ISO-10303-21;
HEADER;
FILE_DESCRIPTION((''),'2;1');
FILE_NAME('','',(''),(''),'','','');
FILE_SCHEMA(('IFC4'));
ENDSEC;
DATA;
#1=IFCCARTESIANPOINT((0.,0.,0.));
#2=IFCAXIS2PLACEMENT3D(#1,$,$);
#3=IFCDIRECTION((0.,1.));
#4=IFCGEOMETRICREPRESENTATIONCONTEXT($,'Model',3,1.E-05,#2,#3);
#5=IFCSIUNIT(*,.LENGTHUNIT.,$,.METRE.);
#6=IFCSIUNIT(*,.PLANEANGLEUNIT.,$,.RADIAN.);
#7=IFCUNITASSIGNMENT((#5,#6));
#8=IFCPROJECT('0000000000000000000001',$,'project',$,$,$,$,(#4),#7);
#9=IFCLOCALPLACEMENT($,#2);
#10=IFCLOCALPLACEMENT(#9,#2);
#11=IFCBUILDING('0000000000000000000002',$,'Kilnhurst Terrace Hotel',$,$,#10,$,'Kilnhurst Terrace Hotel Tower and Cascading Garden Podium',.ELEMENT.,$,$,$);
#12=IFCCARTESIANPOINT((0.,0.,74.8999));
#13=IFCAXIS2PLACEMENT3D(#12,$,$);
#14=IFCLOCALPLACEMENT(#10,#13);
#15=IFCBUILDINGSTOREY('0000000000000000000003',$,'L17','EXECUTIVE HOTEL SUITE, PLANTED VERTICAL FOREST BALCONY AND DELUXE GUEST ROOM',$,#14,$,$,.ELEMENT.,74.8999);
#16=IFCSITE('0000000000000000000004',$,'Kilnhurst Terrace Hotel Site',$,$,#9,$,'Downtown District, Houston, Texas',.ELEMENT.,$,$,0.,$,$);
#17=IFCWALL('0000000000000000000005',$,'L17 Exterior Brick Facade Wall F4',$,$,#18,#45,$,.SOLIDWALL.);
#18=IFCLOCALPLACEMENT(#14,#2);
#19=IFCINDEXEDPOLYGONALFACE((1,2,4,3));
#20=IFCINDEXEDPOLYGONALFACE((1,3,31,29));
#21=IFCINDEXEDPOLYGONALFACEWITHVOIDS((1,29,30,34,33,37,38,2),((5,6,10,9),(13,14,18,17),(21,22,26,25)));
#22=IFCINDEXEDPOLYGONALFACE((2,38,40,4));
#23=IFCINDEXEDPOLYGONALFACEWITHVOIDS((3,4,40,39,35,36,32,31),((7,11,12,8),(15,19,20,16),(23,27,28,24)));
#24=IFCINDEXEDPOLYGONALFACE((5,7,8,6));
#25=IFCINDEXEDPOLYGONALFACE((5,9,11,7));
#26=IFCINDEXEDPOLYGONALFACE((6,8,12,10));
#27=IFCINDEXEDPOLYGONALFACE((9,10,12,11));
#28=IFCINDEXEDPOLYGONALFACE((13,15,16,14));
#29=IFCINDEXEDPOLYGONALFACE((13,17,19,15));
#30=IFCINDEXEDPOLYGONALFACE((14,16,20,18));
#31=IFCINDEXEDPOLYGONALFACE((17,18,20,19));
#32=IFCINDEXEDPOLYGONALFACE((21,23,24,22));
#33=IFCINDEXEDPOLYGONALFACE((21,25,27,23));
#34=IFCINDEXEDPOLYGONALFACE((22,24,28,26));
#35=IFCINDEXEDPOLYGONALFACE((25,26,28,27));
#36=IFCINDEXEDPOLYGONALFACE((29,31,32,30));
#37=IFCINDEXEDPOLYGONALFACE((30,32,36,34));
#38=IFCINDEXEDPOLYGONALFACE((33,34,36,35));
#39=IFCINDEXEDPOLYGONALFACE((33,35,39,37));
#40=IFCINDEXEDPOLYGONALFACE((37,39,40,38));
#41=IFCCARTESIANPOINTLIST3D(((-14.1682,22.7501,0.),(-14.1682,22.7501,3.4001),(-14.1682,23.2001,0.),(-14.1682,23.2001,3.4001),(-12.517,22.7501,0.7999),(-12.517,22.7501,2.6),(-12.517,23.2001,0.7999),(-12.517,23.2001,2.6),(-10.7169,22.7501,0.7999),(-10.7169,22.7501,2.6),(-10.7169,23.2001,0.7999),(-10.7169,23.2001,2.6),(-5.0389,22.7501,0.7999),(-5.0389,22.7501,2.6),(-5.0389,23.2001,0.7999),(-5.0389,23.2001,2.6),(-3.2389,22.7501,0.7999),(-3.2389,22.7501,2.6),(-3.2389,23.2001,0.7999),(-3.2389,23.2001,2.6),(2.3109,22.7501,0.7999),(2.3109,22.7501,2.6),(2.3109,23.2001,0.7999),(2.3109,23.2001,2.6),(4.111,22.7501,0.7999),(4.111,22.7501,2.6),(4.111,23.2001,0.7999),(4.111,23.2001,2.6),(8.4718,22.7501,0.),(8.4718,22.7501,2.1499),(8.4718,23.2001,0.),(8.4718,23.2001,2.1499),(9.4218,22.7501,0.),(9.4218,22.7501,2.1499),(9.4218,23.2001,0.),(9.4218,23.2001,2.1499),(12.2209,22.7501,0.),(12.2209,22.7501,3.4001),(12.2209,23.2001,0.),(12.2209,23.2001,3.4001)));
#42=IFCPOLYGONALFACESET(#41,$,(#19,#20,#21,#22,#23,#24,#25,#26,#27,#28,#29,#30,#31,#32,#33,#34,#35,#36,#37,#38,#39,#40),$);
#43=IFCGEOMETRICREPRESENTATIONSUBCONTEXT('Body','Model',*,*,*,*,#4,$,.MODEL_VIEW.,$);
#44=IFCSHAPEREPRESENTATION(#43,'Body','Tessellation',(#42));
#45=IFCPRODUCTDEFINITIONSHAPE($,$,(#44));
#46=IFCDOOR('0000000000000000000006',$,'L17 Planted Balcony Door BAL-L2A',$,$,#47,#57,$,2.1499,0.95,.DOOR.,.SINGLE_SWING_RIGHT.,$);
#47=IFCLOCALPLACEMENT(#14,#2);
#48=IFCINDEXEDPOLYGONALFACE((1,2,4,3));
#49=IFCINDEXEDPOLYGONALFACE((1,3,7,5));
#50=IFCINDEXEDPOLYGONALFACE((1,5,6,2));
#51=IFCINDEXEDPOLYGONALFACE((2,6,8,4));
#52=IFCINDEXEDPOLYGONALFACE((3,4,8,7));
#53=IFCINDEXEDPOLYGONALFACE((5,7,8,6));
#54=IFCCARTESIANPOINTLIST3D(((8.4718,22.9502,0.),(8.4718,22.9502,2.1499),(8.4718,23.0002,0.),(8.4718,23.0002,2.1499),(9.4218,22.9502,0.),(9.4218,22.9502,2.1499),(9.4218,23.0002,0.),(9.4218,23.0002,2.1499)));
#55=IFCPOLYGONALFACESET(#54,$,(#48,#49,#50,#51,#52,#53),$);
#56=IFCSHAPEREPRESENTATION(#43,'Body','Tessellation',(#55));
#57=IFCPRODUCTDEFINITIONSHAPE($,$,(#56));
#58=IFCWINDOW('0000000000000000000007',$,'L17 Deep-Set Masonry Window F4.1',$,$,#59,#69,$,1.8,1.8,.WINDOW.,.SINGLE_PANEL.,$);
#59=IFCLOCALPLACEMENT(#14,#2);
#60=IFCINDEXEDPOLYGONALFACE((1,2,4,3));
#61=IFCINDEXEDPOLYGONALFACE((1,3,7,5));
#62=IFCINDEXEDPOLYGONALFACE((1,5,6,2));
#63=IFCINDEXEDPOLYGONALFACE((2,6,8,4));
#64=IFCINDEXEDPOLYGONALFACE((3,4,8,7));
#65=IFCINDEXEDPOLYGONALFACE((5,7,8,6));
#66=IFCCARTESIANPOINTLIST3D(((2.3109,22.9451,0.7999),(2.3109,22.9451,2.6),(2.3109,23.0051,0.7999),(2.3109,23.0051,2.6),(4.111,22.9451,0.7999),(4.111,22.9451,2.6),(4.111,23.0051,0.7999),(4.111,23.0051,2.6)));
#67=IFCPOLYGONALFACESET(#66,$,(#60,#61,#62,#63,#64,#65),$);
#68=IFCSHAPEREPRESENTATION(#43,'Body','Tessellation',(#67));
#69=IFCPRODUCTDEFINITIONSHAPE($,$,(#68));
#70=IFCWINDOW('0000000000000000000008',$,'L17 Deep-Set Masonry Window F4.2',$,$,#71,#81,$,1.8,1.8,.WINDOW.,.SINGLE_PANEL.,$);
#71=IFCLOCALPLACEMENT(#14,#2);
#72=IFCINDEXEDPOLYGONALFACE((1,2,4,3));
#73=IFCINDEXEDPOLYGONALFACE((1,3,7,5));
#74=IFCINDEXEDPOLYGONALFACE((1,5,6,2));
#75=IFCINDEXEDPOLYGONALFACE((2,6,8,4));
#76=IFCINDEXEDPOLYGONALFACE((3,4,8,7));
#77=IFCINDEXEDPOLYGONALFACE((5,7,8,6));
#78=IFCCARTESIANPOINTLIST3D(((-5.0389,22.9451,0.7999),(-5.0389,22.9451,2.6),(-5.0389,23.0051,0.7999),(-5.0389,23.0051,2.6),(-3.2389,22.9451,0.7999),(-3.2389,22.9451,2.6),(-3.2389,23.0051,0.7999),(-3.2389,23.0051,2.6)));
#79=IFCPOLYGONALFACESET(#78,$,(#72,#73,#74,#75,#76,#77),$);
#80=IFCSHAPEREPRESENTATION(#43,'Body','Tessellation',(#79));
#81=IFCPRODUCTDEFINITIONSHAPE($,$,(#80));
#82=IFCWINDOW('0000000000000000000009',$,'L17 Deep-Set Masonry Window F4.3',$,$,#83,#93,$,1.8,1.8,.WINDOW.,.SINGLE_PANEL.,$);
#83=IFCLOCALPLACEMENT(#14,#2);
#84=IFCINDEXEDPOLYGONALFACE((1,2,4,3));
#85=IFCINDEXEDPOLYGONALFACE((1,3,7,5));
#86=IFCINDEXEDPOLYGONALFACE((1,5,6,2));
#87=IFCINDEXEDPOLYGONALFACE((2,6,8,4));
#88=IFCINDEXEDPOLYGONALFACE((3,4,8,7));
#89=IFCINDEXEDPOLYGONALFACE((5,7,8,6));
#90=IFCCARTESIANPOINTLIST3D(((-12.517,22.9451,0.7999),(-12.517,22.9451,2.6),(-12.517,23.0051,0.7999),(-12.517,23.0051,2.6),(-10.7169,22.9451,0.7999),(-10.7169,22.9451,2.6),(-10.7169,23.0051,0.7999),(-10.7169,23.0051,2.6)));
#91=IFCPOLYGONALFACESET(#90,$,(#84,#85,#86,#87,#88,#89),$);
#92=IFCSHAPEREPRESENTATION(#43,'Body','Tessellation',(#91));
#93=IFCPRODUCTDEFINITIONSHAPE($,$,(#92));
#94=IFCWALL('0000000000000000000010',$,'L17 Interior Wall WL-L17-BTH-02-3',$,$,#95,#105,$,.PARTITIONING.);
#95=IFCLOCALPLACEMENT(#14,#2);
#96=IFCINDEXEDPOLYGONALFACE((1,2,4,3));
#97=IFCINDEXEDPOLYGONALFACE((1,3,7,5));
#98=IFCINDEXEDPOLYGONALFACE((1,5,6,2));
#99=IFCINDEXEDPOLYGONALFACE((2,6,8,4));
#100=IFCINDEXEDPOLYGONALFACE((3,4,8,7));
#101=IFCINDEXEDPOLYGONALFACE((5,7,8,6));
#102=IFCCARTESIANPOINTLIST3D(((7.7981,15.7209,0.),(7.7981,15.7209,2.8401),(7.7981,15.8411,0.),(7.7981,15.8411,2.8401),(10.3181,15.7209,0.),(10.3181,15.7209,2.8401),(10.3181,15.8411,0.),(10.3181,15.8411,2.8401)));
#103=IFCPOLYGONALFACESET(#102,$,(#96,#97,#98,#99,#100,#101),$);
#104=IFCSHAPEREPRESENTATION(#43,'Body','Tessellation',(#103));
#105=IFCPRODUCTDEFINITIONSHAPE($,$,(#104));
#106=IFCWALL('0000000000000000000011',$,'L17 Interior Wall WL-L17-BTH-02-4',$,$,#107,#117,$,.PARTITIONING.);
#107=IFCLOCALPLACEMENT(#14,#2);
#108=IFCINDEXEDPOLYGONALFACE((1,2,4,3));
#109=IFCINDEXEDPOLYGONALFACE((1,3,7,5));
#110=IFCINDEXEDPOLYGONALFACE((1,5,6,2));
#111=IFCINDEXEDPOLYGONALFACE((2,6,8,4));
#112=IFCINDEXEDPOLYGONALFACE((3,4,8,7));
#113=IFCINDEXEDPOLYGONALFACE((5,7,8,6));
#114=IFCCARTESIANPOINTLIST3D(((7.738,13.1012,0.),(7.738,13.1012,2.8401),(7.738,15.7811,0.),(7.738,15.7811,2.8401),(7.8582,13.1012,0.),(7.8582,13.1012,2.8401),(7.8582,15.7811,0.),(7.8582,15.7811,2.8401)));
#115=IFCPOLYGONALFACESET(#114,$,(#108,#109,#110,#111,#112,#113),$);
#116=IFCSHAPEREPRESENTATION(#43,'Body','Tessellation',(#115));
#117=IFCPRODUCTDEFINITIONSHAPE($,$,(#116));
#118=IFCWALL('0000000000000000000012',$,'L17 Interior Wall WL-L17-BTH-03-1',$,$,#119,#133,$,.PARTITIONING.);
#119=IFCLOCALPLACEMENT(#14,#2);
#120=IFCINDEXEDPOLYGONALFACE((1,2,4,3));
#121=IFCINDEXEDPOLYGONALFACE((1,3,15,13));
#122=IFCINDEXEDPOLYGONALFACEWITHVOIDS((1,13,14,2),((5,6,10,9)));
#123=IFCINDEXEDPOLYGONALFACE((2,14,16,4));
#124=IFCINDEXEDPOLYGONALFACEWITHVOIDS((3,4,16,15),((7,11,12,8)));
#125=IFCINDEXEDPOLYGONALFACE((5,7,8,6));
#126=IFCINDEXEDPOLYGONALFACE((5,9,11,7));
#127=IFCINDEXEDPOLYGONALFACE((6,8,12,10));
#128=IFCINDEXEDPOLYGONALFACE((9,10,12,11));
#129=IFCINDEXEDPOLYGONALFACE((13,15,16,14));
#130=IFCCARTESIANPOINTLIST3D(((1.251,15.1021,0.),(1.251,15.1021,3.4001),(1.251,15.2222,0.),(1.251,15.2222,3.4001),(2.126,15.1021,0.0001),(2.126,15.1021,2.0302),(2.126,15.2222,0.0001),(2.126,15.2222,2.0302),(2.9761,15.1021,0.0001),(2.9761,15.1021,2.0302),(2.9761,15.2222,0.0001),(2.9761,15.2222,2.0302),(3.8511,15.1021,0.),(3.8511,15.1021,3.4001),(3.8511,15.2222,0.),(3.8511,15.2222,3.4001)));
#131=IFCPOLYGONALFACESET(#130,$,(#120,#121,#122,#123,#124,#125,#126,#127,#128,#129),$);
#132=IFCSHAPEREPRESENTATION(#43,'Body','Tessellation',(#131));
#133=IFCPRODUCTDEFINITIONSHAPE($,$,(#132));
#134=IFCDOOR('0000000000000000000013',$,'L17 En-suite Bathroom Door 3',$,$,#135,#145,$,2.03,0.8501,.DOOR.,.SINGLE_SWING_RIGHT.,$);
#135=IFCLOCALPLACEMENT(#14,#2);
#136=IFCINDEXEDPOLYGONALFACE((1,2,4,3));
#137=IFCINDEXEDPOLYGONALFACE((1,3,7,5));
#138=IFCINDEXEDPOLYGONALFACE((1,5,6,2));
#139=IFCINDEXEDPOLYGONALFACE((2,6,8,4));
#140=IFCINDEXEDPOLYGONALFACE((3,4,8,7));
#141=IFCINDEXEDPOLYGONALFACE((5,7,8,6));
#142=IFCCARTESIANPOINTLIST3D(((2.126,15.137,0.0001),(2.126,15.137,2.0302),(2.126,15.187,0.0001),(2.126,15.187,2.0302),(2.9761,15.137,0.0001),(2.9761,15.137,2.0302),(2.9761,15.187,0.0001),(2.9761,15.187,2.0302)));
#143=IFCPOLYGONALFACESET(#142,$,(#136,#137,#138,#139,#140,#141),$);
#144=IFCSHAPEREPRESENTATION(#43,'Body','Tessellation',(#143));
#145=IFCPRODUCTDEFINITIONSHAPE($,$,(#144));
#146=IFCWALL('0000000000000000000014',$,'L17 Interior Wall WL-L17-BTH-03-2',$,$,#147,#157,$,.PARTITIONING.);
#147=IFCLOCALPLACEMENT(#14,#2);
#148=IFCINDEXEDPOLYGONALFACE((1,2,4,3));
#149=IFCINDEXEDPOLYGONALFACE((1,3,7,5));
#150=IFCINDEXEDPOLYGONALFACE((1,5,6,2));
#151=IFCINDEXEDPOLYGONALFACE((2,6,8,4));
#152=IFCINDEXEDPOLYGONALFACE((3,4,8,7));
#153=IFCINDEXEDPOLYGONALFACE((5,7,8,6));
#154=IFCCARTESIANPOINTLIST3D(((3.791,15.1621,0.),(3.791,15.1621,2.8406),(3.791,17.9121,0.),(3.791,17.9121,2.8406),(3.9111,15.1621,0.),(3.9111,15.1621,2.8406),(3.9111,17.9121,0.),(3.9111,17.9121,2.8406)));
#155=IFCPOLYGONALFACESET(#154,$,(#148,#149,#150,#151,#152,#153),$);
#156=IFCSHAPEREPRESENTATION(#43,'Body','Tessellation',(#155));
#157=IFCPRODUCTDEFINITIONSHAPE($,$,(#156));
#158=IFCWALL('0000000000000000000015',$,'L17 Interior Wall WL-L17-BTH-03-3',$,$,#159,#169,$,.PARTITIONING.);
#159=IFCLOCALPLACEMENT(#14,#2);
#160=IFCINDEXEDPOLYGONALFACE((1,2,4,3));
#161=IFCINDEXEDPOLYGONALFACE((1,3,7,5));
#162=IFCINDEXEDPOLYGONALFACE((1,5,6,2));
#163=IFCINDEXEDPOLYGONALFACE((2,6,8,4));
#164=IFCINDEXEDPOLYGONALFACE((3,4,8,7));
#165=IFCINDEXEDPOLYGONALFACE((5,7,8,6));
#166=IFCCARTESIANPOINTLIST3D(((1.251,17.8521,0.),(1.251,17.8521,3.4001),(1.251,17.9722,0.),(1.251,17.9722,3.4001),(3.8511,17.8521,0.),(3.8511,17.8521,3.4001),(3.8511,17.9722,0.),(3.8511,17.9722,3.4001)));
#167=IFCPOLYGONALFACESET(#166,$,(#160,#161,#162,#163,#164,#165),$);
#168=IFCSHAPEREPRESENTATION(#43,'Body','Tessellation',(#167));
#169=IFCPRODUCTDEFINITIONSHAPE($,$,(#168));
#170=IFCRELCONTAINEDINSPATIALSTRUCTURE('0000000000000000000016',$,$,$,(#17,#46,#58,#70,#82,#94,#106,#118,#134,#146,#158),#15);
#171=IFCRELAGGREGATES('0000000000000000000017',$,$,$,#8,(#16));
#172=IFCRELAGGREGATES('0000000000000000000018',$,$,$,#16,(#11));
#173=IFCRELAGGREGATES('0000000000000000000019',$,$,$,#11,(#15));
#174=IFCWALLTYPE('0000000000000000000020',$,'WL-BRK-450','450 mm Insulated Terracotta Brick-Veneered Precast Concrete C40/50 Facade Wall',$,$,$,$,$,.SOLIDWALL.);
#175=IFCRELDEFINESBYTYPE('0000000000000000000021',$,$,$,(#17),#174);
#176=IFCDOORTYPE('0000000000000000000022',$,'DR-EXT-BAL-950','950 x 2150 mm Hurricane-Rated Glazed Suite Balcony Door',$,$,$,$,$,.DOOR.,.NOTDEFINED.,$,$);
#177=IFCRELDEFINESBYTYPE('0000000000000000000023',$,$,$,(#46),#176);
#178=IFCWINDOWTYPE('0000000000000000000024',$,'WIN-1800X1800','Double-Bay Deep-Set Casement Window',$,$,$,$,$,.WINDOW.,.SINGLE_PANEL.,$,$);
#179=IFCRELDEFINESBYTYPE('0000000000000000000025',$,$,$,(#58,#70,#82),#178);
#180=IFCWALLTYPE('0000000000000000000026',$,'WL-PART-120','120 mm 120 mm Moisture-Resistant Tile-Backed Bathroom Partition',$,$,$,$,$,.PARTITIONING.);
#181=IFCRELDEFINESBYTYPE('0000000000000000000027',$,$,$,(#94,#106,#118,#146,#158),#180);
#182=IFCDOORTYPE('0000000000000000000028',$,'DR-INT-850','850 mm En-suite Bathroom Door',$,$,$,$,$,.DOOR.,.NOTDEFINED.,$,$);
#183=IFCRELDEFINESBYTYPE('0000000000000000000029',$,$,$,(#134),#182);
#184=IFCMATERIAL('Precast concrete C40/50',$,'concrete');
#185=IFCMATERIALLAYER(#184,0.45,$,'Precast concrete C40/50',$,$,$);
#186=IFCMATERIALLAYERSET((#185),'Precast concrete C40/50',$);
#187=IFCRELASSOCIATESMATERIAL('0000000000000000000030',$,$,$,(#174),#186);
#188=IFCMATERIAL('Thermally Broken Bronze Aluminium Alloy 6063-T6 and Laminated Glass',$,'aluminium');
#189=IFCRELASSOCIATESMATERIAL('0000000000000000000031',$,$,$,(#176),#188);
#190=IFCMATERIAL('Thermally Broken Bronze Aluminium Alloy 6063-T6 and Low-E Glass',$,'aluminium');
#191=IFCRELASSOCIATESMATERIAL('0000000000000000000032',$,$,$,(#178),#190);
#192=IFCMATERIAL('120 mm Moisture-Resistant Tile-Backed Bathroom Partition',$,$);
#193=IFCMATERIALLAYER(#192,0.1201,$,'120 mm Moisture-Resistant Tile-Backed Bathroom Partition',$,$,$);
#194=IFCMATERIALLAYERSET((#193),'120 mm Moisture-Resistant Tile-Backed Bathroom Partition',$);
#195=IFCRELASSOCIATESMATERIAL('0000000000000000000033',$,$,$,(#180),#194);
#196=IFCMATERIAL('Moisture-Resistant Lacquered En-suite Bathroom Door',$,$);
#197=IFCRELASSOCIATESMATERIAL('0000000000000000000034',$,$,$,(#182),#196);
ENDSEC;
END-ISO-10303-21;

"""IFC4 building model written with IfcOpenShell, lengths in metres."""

from ifc_helpers import new_model, si_unit, direction, frame, frame_2d, origin, place, context, subcontext, project, spatial, rectangle, extrude, material, layer, layer_set, type_object, element, fill, save


model = new_model("IFC4")

# Units and contexts
model_context = context("Model", 3, precision=1e-05, world=origin(), true_north=direction((0.0, 1.0)))
body_context = subcontext(model_context, "Body", "Model", "MODEL_VIEW")
ifc_project = project(units=[si_unit("LENGTHUNIT", "METRE"), si_unit("PLANEANGLEUNIT", "RADIAN")], contexts=[model_context])

# Site, building, storey
site_placement = place(None, origin())
site = spatial("IfcSite", under=ifc_project, at=site_placement, Name="Kilnhurst Terrace Hotel Site", LongName="Downtown District, Houston, Texas", CompositionType="ELEMENT", RefElevation=0.0)
building_placement = place(site_placement, origin())
building = spatial("IfcBuilding", under=site, at=building_placement, Name="Kilnhurst Terrace Hotel", LongName="Kilnhurst Terrace Hotel Tower and Cascading Garden Podium", CompositionType="ELEMENT")
storey_placement = place(building_placement, frame((0.0, 0.0, 74.8999)))
storey = spatial("IfcBuildingStorey", under=building, at=storey_placement, Name="L17", Description="EXECUTIVE HOTEL SUITE, PLANTED VERTICAL FOREST BALCONY AND DELUXE GUEST ROOM", CompositionType="ELEMENT", Elevation=74.8999)

# Shared definitions
ifc_material_1 = material(Name="Precast concrete C40/50", Category="concrete")
ifc_layer_1 = layer(ifc_material_1, 0.45, Name="Precast concrete C40/50")
ifc_layer_set_1 = layer_set([ifc_layer_1], Name="Precast concrete C40/50")
wall_type_1 = type_object("IfcWallType", Name="WL-BRK-450", Description="450 mm Insulated Terracotta Brick-Veneered Precast Concrete C40/50 Facade Wall", PredefinedType="SOLIDWALL", material=ifc_layer_set_1)

# Wall, openings, door, windows
wall_1_placement = place(storey_placement, frame((12.2209, 22.9751, 0.0), z_axis=(0.0, 0.0, 1.0), x_axis=(-1.0, 0.0, 0.0)))
wall_1 = element("IfcWall", 1, at=wall_1_placement, inside=storey, type_object=wall_type_1, Name="L17 Exterior Brick Facade Wall F4", PredefinedType="SOLIDWALL", context=body_context, shape_type="SweptSolid", body=[
    extrude(rectangle(XDim=26.3892, YDim=0.45, at=frame_2d((13.1946, 0.0))), origin(), (0.0, 0.0, 1.0), 3.4001),
])
opening_1_placement = place(wall_1_placement, frame((2.7991, 0.0, 0.0)))
opening_1 = element("IfcOpeningElement", 2, at=opening_1_placement, cuts=wall_1, PredefinedType="OPENING", context=body_context, shape_type="SweptSolid", body=[
    extrude(rectangle(XDim=0.95, YDim=2.1499, at=frame_2d((0.4751, 1.075))), frame((0.0, 0.2349, 0.0), z_axis=(0.0, -1.0, 0.0), x_axis=(1.0, 0.0, 0.0)), (0.0, 0.0, 1.0), 0.47),
])
opening_2_placement = place(wall_1_placement, frame((8.1101, 0.0, 0.8)))
opening_2 = element("IfcOpeningElement", 3, at=opening_2_placement, cuts=wall_1, PredefinedType="OPENING", context=body_context, shape_type="SweptSolid", body=[
    extrude(rectangle(XDim=1.8, YDim=1.8, at=frame_2d((0.8999, 0.8999))), frame((0.0, 0.2349, 0.0), z_axis=(0.0, -1.0, 0.0), x_axis=(1.0, 0.0, 0.0)), (0.0, 0.0, 1.0), 0.47),
])
opening_3_placement = place(wall_1_placement, frame((15.46, 0.0, 0.8)))
opening_3 = element("IfcOpeningElement", 4, at=opening_3_placement, cuts=wall_1, PredefinedType="OPENING", context=body_context, shape_type="SweptSolid", body=[
    extrude(rectangle(XDim=1.8, YDim=1.8, at=frame_2d((0.8999, 0.8999))), frame((0.0, 0.2349, 0.0), z_axis=(0.0, -1.0, 0.0), x_axis=(1.0, 0.0, 0.0)), (0.0, 0.0, 1.0), 0.47),
])
opening_4_placement = place(wall_1_placement, frame((22.938, 0.0, 0.8)))
opening_4 = element("IfcOpeningElement", 5, at=opening_4_placement, cuts=wall_1, PredefinedType="OPENING", context=body_context, shape_type="SweptSolid", body=[
    extrude(rectangle(XDim=1.8, YDim=1.8, at=frame_2d((0.8999, 0.8999))), frame((0.0, 0.2349, 0.0), z_axis=(0.0, -1.0, 0.0), x_axis=(1.0, 0.0, 0.0)), (0.0, 0.0, 1.0), 0.47),
])
ifc_material_2 = material(Name="Thermally Broken Bronze Aluminium Alloy 6063-T6 and Laminated Glass", Category="aluminium")
door_type_1 = type_object("IfcDoorType", Name="DR-EXT-BAL-950", Description="950 x 2150 mm Hurricane-Rated Glazed Suite Balcony Door", OperationType="NOTDEFINED", PredefinedType="DOOR", material=ifc_material_2)
door_1_placement = place(opening_1_placement, origin())
door_1 = element("IfcDoor", 6, at=door_1_placement, inside=storey, type_object=door_type_1, Name="L17 Planted Balcony Door BAL-L2A", OperationType="SINGLE_SWING_RIGHT", OverallHeight=2.1499, OverallWidth=0.95, PredefinedType="DOOR", context=body_context, shape_type="SweptSolid", body=[
    extrude(rectangle(XDim=0.95, YDim=2.1499, at=frame_2d((0.4751, 1.075))), frame((0.0, 0.0249, 0.0), z_axis=(0.0, -1.0, 0.0), x_axis=(1.0, 0.0, 0.0)), (0.0, 0.0, 1.0), 0.05),
])
fill(opening_1, door_1)
ifc_material_3 = material(Name="Thermally Broken Bronze Aluminium Alloy 6063-T6 and Low-E Glass", Category="aluminium")
window_type = type_object("IfcWindowType", Name="WIN-1800X1800", Description="Double-Bay Deep-Set Casement Window", PartitioningType="SINGLE_PANEL", PredefinedType="WINDOW", material=ifc_material_3)
window_1_placement = place(opening_2_placement, origin())
window_1 = element("IfcWindow", 7, at=window_1_placement, inside=storey, type_object=window_type, Name="L17 Deep-Set Masonry Window F4.1", OverallHeight=1.8, OverallWidth=1.8, PartitioningType="SINGLE_PANEL", PredefinedType="WINDOW", context=body_context, shape_type="SweptSolid", body=[
    extrude(rectangle(XDim=1.8, YDim=1.8, at=frame_2d((0.8999, 0.8999))), frame((0.0, 0.03, 0.0), z_axis=(0.0, -1.0, 0.0), x_axis=(1.0, 0.0, 0.0)), (0.0, 0.0, 1.0), 0.0601),
])
fill(opening_2, window_1)
window_2_placement = place(opening_3_placement, origin())
window_2 = element("IfcWindow", 8, at=window_2_placement, inside=storey, type_object=window_type, Name="L17 Deep-Set Masonry Window F4.2", OverallHeight=1.8, OverallWidth=1.8, PartitioningType="SINGLE_PANEL", PredefinedType="WINDOW", context=body_context, shape_type="SweptSolid", body=[
    extrude(rectangle(XDim=1.8, YDim=1.8, at=frame_2d((0.8999, 0.8999))), frame((0.0, 0.03, 0.0), z_axis=(0.0, -1.0, 0.0), x_axis=(1.0, 0.0, 0.0)), (0.0, 0.0, 1.0), 0.0601),
])
fill(opening_3, window_2)
window_3_placement = place(opening_4_placement, origin())
window_3 = element("IfcWindow", 9, at=window_3_placement, inside=storey, type_object=window_type, Name="L17 Deep-Set Masonry Window F4.3", OverallHeight=1.8, OverallWidth=1.8, PartitioningType="SINGLE_PANEL", PredefinedType="WINDOW", context=body_context, shape_type="SweptSolid", body=[
    extrude(rectangle(XDim=1.8, YDim=1.8, at=frame_2d((0.8999, 0.8999))), frame((0.0, 0.03, 0.0), z_axis=(0.0, -1.0, 0.0), x_axis=(1.0, 0.0, 0.0)), (0.0, 0.0, 1.0), 0.0601),
])
fill(opening_4, window_3)

# Walls
ifc_material_4 = material(Name="120 mm Moisture-Resistant Tile-Backed Bathroom Partition")
ifc_layer_2 = layer(ifc_material_4, 0.1201, Name="120 mm Moisture-Resistant Tile-Backed Bathroom Partition")
ifc_layer_set_2 = layer_set([ifc_layer_2], Name="120 mm Moisture-Resistant Tile-Backed Bathroom Partition")
wall_type_2 = type_object("IfcWallType", Name="WL-PART-120", Description="120 mm 120 mm Moisture-Resistant Tile-Backed Bathroom Partition", PredefinedType="PARTITIONING", material=ifc_layer_set_2)
wall_2_placement = place(storey_placement, frame((10.3181, 15.781, 0.0), z_axis=(0.0, 0.0, 1.0), x_axis=(-1.0, 0.0, 0.0)))
element("IfcWall", 10, at=wall_2_placement, inside=storey, type_object=wall_type_2, Name="L17 Interior Wall WL-L17-BTH-02-3", PredefinedType="PARTITIONING", context=body_context, shape_type="SweptSolid", body=[
    extrude(rectangle(XDim=2.52, YDim=0.1201, at=frame_2d((1.26, 0.0))), origin(), (0.0, 0.0, 1.0), 2.8401),
])
wall_3_placement = place(storey_placement, frame((7.7981, 15.781, 0.0), z_axis=(0.0, 0.0, 1.0), x_axis=(0.0, -1.0, 0.0)))
element("IfcWall", 11, at=wall_3_placement, inside=storey, type_object=wall_type_2, Name="L17 Interior Wall WL-L17-BTH-02-4", PredefinedType="PARTITIONING", context=body_context, shape_type="SweptSolid", body=[
    extrude(rectangle(XDim=2.6799, YDim=0.1201, at=frame_2d((1.3398, 0.0))), origin(), (0.0, 0.0, 1.0), 2.8401),
])

# Wall, opening, door
wall_4_placement = place(storey_placement, frame((1.251, 15.1621, 0.0), z_axis=(0.0, 0.0, 1.0), x_axis=(1.0, 0.0, 0.0)))
wall_4 = element("IfcWall", 12, at=wall_4_placement, inside=storey, type_object=wall_type_2, Name="L17 Interior Wall WL-L17-BTH-03-1", PredefinedType="PARTITIONING", context=body_context, shape_type="SweptSolid", body=[
    extrude(rectangle(XDim=2.6001, YDim=0.1201, at=frame_2d((1.3, 0.0))), origin(), (0.0, 0.0, 1.0), 3.4001),
])
opening_5_placement = place(wall_4_placement, frame((0.875, 0.0, 0.0)))
opening_5 = element("IfcOpeningElement", 13, at=opening_5_placement, cuts=wall_4, PredefinedType="OPENING", context=body_context, shape_type="SweptSolid", body=[
    extrude(rectangle(XDim=0.8501, YDim=2.03, at=frame_2d((0.425, 1.0151))), frame((0.0, 0.0701, 0.0), z_axis=(0.0, -1.0, 0.0), x_axis=(1.0, 0.0, 0.0)), (0.0, 0.0, 1.0), 0.1401),
])
ifc_material_5 = material(Name="Moisture-Resistant Lacquered En-suite Bathroom Door")
door_type_2 = type_object("IfcDoorType", Name="DR-INT-850", Description="850 mm En-suite Bathroom Door", OperationType="NOTDEFINED", PredefinedType="DOOR", material=ifc_material_5)
door_2_placement = place(opening_5_placement, origin())
door_2 = element("IfcDoor", 14, at=door_2_placement, inside=storey, type_object=door_type_2, Name="L17 En-suite Bathroom Door 3", OperationType="SINGLE_SWING_RIGHT", OverallHeight=2.03, OverallWidth=0.8501, PredefinedType="DOOR", context=body_context, shape_type="SweptSolid", body=[
    extrude(rectangle(XDim=0.8501, YDim=2.03, at=frame_2d((0.425, 1.0151))), frame((0.0, 0.0249, 0.0), z_axis=(0.0, -1.0, 0.0), x_axis=(1.0, 0.0, 0.0)), (0.0, 0.0, 1.0), 0.05),
])
fill(opening_5, door_2)

# Walls
wall_5_placement = place(storey_placement, frame((3.8511, 15.1621, 0.0), z_axis=(0.0, 0.0, 1.0), x_axis=(0.0, 1.0, 0.0)))
element("IfcWall", 15, at=wall_5_placement, inside=storey, type_object=wall_type_2, Name="L17 Interior Wall WL-L17-BTH-03-2", PredefinedType="PARTITIONING", context=body_context, shape_type="SweptSolid", body=[
    extrude(rectangle(XDim=2.75, YDim=0.1201, at=frame_2d((1.375, 0.0))), origin(), (0.0, 0.0, 1.0), 2.8406),
])
wall_6_placement = place(storey_placement, frame((3.8511, 17.9121, 0.0), z_axis=(0.0, 0.0, 1.0), x_axis=(-1.0, 0.0, 0.0)))
element("IfcWall", 16, at=wall_6_placement, inside=storey, type_object=wall_type_2, Name="L17 Interior Wall WL-L17-BTH-03-3", PredefinedType="PARTITIONING", context=body_context, shape_type="SweptSolid", body=[
    extrude(rectangle(XDim=2.6001, YDim=0.1201, at=frame_2d((1.3, 0.0))), origin(), (0.0, 0.0, 1.0), 3.4001),
])

save(model, "model.ifc")
